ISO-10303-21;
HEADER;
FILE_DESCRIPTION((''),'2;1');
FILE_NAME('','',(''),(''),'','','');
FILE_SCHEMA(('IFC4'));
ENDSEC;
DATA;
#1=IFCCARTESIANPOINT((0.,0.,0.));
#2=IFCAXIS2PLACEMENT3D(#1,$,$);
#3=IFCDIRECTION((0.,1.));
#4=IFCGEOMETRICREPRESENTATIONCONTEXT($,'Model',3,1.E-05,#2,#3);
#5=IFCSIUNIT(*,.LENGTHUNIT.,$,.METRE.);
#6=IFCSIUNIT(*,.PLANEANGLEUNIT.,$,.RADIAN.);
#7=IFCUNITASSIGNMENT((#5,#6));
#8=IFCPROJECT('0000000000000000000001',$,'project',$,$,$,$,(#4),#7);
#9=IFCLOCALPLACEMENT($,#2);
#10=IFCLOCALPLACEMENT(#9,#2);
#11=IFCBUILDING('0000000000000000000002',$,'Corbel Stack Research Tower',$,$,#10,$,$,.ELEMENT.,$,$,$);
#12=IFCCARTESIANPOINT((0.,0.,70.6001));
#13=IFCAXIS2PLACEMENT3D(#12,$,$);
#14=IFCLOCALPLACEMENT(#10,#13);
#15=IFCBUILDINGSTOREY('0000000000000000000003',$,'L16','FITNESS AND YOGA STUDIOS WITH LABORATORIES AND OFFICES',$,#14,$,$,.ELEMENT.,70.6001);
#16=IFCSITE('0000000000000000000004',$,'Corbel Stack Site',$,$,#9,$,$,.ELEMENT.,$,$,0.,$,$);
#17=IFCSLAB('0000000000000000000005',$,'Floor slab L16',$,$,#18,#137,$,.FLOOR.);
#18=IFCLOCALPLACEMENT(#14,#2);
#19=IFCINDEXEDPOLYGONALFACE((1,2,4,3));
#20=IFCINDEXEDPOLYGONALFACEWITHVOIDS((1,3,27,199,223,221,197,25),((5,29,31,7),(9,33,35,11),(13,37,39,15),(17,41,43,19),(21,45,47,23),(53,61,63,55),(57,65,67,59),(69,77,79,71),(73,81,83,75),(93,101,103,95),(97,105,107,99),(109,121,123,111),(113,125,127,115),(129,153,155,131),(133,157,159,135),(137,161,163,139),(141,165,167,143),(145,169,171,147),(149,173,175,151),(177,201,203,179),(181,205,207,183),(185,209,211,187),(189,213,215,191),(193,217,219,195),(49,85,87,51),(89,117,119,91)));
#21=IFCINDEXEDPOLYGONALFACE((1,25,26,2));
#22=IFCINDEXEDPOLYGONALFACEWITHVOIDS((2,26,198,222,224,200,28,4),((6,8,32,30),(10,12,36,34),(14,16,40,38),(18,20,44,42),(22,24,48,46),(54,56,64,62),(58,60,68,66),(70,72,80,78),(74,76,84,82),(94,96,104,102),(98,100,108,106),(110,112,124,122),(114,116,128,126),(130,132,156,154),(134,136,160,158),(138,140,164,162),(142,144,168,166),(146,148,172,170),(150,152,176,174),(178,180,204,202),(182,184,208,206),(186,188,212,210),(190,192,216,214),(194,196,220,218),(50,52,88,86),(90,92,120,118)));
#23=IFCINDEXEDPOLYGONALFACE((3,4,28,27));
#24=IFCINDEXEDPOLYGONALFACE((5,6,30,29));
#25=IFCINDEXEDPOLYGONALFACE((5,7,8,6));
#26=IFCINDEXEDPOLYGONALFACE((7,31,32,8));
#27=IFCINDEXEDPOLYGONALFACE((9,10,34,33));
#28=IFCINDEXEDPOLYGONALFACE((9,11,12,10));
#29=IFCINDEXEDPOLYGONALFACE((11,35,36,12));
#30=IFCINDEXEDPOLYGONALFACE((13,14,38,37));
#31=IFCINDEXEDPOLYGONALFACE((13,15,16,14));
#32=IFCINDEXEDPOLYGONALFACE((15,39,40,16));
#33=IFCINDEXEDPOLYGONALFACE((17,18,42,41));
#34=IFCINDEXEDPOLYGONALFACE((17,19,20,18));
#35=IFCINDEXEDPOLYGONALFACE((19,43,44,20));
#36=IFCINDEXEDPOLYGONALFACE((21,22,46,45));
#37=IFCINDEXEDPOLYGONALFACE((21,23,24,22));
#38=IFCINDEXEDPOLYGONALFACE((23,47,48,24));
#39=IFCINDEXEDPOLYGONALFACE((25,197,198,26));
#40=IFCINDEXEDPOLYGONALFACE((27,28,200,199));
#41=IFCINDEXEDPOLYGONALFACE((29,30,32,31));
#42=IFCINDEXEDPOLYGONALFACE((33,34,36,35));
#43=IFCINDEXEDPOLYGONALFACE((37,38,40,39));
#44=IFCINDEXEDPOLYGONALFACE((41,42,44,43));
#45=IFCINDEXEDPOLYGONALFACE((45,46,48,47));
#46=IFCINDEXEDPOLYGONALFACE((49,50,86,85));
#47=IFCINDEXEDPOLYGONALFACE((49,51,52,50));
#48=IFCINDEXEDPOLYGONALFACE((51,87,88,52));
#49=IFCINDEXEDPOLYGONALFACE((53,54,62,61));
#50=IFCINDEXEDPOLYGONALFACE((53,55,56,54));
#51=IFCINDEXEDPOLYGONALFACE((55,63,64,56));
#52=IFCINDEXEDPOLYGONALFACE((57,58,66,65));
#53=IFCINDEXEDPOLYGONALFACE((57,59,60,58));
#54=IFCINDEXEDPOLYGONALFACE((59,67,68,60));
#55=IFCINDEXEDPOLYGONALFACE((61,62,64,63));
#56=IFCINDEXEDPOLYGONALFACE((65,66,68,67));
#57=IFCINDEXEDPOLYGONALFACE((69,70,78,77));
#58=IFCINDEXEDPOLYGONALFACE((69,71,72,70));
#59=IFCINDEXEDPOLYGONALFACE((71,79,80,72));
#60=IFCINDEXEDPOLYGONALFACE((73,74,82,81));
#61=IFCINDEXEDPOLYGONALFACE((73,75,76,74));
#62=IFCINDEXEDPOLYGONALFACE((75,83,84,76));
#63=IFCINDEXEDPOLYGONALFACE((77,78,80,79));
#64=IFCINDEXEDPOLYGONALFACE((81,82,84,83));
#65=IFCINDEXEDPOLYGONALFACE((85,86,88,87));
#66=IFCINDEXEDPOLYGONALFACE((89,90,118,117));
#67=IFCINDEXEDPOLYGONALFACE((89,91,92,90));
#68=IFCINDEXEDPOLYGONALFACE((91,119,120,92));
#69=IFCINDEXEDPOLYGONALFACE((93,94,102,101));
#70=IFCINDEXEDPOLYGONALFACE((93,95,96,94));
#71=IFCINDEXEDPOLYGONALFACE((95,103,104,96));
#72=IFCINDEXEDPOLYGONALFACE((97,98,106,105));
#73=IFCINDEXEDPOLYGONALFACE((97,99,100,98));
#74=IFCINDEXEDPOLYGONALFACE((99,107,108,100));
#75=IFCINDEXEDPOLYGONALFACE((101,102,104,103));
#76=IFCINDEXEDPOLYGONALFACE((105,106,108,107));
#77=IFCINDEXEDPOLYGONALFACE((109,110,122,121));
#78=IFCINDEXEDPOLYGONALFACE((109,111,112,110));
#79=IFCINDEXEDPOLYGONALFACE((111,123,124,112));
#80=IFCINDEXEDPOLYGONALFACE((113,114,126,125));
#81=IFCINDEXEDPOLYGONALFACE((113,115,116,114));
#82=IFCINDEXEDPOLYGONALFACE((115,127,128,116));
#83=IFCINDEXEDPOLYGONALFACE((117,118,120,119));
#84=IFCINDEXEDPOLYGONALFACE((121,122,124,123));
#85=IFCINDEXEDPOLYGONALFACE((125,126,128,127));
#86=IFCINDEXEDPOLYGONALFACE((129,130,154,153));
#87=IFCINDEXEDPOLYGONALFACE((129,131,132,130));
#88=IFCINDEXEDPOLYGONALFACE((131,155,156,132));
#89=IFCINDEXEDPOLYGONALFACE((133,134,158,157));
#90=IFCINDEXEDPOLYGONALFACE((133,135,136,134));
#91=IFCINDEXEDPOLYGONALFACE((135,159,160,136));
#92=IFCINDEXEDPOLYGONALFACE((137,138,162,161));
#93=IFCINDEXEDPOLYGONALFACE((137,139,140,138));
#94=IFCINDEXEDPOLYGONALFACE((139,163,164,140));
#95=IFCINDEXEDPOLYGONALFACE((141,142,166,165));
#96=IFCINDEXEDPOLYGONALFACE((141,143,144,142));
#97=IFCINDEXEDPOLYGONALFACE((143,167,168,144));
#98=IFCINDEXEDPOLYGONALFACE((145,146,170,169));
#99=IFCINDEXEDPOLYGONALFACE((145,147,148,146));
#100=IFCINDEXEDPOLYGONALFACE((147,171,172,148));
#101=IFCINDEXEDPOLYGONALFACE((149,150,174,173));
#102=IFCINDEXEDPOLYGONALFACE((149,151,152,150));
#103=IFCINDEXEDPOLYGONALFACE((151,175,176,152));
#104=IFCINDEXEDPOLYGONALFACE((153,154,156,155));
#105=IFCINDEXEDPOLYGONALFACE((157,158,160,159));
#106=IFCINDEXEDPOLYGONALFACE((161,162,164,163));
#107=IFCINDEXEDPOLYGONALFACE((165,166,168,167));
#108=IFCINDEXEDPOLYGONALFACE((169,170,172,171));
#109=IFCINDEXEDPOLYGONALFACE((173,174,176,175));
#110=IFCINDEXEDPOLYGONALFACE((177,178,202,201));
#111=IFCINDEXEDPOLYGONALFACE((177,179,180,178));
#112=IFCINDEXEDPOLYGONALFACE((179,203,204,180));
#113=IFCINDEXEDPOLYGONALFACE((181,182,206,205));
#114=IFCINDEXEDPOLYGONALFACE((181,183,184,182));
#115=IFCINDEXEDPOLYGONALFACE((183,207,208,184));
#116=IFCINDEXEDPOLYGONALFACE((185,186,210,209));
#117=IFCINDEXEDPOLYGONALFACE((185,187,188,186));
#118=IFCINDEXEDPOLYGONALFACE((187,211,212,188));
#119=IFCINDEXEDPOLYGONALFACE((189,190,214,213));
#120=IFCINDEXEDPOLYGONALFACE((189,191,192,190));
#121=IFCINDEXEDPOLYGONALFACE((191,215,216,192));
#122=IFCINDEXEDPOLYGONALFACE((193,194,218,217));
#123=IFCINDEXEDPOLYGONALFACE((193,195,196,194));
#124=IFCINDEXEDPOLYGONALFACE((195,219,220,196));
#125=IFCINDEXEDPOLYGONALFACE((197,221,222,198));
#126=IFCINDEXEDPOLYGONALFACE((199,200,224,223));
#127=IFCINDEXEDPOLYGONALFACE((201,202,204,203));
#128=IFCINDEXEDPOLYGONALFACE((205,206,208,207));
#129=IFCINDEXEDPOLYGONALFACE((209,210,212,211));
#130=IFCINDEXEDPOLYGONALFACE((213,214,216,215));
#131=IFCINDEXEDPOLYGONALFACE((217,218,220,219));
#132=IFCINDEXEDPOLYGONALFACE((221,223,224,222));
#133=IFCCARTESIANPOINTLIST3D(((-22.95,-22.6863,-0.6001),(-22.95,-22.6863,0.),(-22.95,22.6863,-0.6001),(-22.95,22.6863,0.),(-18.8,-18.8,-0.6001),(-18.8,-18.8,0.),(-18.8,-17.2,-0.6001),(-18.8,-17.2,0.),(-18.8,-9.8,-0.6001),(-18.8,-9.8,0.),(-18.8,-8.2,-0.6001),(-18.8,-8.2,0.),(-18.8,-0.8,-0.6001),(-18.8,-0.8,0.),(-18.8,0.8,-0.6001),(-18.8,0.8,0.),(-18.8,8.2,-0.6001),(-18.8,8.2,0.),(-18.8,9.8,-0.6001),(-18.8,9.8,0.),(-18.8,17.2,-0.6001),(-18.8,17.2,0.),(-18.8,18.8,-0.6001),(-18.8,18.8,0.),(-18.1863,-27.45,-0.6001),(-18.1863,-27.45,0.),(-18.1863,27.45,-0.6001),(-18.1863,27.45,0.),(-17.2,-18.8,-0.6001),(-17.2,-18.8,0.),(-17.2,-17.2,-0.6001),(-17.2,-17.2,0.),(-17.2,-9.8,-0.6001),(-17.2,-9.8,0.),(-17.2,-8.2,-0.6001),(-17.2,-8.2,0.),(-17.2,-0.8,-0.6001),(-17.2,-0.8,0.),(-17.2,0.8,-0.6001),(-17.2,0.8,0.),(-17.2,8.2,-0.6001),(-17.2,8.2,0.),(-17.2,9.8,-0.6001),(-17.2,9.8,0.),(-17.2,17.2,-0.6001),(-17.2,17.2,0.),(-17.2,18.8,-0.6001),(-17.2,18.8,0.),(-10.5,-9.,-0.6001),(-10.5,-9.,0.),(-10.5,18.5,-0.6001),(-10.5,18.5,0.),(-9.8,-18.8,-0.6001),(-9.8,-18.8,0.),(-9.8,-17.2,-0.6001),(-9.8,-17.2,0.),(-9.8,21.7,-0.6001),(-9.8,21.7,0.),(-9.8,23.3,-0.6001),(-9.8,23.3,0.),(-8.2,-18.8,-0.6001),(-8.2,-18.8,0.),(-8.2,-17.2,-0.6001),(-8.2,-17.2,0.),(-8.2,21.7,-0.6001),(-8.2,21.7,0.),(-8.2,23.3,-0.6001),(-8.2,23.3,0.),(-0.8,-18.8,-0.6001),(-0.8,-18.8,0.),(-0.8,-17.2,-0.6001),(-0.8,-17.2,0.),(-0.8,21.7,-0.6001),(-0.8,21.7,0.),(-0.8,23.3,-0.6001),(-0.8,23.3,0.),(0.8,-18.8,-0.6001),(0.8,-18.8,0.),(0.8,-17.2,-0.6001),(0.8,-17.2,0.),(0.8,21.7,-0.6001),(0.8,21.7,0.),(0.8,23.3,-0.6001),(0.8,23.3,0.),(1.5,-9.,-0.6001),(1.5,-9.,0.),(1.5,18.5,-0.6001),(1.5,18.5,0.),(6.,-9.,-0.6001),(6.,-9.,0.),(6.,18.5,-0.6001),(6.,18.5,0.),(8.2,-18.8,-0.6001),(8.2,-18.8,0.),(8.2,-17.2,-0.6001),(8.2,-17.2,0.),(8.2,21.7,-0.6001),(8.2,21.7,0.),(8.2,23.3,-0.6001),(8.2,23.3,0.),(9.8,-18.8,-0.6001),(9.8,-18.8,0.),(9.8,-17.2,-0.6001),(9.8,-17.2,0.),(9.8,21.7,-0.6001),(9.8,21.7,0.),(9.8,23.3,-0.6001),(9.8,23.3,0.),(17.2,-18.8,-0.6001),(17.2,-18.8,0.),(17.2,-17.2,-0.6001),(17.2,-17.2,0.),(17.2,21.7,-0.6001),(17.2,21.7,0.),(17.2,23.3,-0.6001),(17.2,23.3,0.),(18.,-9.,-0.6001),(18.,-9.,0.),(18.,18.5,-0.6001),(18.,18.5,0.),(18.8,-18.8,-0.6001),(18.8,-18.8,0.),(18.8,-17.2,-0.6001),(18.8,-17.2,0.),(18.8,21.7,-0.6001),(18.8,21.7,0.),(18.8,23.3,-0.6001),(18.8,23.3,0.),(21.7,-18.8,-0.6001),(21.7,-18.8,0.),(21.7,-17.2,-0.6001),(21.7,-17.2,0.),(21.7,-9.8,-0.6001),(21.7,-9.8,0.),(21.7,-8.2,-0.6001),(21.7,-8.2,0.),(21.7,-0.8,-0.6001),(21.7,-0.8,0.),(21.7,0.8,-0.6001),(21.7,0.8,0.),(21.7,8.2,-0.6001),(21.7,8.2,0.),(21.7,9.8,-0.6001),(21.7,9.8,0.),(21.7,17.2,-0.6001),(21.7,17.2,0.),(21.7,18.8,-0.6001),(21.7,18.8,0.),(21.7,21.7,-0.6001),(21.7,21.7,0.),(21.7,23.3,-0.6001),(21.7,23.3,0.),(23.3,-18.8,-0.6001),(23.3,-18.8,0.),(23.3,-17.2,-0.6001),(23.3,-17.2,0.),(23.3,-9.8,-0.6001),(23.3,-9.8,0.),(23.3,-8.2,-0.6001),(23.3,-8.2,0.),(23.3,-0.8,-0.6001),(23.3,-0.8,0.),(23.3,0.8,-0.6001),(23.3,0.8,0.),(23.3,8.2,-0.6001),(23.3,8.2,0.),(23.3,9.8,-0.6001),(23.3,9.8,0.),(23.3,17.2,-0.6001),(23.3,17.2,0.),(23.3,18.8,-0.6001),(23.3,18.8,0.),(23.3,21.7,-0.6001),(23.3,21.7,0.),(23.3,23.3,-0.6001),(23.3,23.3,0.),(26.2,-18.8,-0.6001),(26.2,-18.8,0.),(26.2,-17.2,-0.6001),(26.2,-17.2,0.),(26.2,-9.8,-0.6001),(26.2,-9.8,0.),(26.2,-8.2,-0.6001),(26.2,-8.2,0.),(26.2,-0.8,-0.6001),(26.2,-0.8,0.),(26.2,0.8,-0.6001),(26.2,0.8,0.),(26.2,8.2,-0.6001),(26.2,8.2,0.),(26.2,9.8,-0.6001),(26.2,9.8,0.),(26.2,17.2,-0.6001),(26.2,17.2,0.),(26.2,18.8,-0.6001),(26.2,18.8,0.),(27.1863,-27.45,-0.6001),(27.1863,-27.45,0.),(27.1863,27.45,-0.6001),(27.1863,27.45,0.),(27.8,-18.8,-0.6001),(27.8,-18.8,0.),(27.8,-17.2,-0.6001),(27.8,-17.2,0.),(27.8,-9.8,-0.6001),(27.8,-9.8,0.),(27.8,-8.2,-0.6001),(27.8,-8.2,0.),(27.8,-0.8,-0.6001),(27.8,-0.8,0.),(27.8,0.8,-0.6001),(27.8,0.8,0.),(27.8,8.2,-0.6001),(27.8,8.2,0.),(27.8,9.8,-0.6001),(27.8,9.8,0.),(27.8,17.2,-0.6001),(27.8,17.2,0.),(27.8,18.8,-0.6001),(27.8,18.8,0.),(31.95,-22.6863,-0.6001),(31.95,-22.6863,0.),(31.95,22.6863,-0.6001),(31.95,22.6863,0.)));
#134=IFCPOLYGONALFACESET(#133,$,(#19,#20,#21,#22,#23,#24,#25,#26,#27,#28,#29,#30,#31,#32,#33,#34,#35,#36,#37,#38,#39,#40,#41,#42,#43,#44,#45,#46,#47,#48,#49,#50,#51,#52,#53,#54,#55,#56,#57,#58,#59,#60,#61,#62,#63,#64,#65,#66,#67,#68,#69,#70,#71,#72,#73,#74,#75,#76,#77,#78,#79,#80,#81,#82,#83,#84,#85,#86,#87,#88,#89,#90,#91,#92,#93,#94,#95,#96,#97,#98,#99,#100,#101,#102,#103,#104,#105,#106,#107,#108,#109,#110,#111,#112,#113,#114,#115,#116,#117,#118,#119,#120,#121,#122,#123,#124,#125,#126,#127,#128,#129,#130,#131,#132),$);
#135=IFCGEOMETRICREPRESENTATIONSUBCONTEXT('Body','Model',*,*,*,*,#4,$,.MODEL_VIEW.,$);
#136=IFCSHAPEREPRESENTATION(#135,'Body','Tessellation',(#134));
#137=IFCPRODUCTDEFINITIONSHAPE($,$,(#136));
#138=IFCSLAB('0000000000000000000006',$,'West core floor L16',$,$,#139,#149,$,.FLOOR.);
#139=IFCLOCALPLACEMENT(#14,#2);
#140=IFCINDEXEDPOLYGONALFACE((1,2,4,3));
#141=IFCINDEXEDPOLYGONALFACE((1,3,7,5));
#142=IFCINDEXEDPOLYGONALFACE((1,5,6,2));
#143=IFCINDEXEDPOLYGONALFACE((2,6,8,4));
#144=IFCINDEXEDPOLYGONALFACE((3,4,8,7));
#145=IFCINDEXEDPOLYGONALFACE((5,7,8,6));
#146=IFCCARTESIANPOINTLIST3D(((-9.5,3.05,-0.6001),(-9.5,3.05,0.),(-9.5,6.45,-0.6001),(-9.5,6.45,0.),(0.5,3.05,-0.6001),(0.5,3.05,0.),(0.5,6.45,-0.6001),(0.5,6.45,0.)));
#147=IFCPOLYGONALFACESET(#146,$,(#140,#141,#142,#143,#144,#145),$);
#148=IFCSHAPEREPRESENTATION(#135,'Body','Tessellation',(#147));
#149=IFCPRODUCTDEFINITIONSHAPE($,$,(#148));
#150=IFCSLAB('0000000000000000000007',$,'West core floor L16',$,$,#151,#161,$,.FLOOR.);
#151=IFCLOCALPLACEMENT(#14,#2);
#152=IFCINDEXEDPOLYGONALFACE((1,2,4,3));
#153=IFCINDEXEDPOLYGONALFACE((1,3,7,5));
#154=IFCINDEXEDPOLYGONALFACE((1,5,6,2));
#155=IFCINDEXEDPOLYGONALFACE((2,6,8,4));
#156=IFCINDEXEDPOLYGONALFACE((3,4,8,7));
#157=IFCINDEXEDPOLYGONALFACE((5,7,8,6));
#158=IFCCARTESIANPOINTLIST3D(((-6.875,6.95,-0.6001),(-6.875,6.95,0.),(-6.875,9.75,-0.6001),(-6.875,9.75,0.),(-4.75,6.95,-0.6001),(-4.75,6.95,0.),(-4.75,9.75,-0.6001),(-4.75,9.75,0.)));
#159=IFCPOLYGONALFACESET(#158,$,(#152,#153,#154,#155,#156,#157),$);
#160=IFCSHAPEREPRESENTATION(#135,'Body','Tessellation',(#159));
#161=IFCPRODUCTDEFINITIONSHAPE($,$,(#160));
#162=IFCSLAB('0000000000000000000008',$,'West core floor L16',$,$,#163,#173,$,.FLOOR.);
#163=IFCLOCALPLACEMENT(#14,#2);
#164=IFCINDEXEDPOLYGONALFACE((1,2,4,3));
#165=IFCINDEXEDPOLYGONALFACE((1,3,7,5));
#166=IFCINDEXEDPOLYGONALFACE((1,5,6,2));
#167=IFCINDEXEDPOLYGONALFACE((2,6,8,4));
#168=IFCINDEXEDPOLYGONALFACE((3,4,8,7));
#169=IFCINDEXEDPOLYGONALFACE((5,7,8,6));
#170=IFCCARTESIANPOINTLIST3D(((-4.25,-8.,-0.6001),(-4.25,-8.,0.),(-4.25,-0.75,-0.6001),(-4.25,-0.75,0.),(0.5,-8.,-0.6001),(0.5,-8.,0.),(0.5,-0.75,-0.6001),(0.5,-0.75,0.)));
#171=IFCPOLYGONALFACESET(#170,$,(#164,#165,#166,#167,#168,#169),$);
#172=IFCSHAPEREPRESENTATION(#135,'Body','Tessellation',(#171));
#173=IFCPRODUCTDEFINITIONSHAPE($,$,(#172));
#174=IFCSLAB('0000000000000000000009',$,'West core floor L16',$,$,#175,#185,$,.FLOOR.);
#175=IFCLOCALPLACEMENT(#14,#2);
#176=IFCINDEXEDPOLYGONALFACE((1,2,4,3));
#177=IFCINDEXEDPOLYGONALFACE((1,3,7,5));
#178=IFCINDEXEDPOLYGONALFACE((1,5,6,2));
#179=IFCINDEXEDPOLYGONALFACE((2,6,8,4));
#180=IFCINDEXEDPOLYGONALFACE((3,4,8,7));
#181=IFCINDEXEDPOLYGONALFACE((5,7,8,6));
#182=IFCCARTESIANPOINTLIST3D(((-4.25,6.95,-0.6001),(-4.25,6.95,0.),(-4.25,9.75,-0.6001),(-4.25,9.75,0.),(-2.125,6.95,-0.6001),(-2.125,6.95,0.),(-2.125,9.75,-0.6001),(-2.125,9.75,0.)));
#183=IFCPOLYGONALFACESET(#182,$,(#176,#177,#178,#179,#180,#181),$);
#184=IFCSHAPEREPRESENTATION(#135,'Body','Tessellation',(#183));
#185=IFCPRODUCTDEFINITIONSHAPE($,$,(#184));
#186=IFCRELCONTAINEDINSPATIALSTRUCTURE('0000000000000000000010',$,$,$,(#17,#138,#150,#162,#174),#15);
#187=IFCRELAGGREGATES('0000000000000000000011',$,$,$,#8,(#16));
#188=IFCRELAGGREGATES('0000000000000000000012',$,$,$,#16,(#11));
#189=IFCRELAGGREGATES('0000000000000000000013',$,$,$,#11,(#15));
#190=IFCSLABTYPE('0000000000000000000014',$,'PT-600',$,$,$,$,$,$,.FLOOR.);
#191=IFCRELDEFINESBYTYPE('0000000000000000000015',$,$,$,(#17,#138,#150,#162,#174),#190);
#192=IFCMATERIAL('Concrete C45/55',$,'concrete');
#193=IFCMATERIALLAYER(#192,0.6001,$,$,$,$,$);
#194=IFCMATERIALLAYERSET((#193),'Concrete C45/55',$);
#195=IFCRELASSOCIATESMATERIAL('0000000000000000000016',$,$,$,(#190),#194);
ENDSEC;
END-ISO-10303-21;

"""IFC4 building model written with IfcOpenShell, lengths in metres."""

from ifc_helpers import new_model, si_unit, direction, frame, origin, place, context, subcontext, project, spatial, polyline, outline, extrude, material, layer, layer_set, type_object, element, save


model = new_model("IFC4")

# Units and contexts
model_context = context("Model", 3, precision=1e-05, world=origin(), true_north=direction((0.0, 1.0)))
body_context = subcontext(model_context, "Body", "Model", "MODEL_VIEW")
ifc_project = project(units=[si_unit("LENGTHUNIT", "METRE"), si_unit("PLANEANGLEUNIT", "RADIAN")], contexts=[model_context])

# Site, building, storey
site_placement = place(None, origin())
site = spatial("IfcSite", under=ifc_project, at=site_placement, Name="Corbel Stack Site", CompositionType="ELEMENT", RefElevation=0.0)
building_placement = place(site_placement, origin())
building = spatial("IfcBuilding", under=site, at=building_placement, Name="Corbel Stack Research Tower", CompositionType="ELEMENT")
storey_placement = place(building_placement, frame((0.0, 0.0, 70.6001)))
storey = spatial("IfcBuildingStorey", under=building, at=storey_placement, Name="L16", Description="FITNESS AND YOGA STUDIOS WITH LABORATORIES AND OFFICES", CompositionType="ELEMENT", Elevation=70.6001)

# Slabs
ifc_material_1 = material(Name="Concrete C45/55", Category="concrete")
ifc_layer_1 = layer(ifc_material_1, 0.6001)
ifc_layer_set_1 = layer_set([ifc_layer_1], Name="Concrete C45/55")
slab_type = type_object("IfcSlabType", Name="PT-600", PredefinedType="FLOOR", material=ifc_layer_set_1)
slab_1_placement = place(storey_placement, frame((0.0, 0.0, -0.6001)))
element("IfcSlab", 1, at=slab_1_placement, inside=storey, type_object=slab_type, Name="Floor slab L16", PredefinedType="FLOOR", context=body_context, shape_type="SweptSolid", body=[
    extrude(outline(polyline([(-18.1863, -27.45), (27.1863, -27.45), (31.95, -22.6863), (31.95, 22.6863), (27.1863, 27.45), (-18.1863, 27.45), (-22.95, 22.6863), (-22.95, -22.6863), (-18.1863, -27.45)]), holes=[polyline([(26.2, 17.2), (26.2, 18.8), (27.8, 18.8), (27.8, 17.2), (26.2, 17.2)]), polyline([(26.2, 8.2), (26.2, 9.8), (27.8, 9.8), (27.8, 8.2), (26.2, 8.2)]), polyline([(27.8, -0.8), (26.2, -0.8), (26.2, 0.8), (27.8, 0.8), (27.8, -0.8)]), polyline([(26.2, -9.8), (26.2, -8.2), (27.8, -8.2), (27.8, -9.8), (26.2, -9.8)]), polyline([(26.2, -18.8), (26.2, -17.2), (27.8, -17.2), (27.8, -18.8), (26.2, -18.8)]), polyline([(21.7, 21.7), (21.7, 23.3), (23.3, 23.3), (23.3, 21.7), (21.7, 21.7)]), polyline([(21.7, 17.2), (21.7, 18.8), (23.3, 18.8), (23.3, 17.2), (21.7, 17.2)]), polyline([(21.7, 8.2), (21.7, 9.8), (23.3, 9.8), (23.3, 8.2), (21.7, 8.2)]), polyline([(21.7, -0.8), (21.7, 0.8), (23.3, 0.8), (23.3, -0.8), (21.7, -0.8)]), polyline([(23.3, -9.8), (21.7, -9.8), (21.7, -8.2), (23.3, -8.2), (23.3, -9.8)]), polyline([(21.7, -18.8), (21.7, -17.2), (23.3, -17.2), (23.3, -18.8), (21.7, -18.8)]), polyline([(17.2, 21.7), (17.2, 23.3), (18.8, 23.3), (18.8, 21.7), (17.2, 21.7)]), polyline([(18.8, -18.8), (17.2, -18.8), (17.2, -17.2), (18.8, -17.2), (18.8, -18.8)]), polyline([(6.0, -9.0), (6.0, 18.5), (18.0, 18.5), (18.0, -9.0), (6.0, -9.0)]), polyline([(8.2, 21.7), (8.2, 23.3), (9.8, 23.3), (9.8, 21.7), (8.2, 21.7)]), polyline([(9.8, -18.8), (8.2, -18.8), (8.2, -17.2), (9.8, -17.2), (9.8, -18.8)]), polyline([(1.5, -9.0), (-10.5, -9.0), (-10.5, 18.5), (1.5, 18.5), (1.5, -9.0)]), polyline([(-0.8, 21.7), (-0.8, 23.3), (0.8, 23.3), (0.8, 21.7), (-0.8, 21.7)]), polyline([(-0.8, -18.8), (-0.8, -17.2), (0.8, -17.2), (0.8, -18.8), (-0.8, -18.8)]), polyline([(-9.8, 21.7), (-9.8, 23.3), (-8.2, 23.3), (-8.2, 21.7), (-9.8, 21.7)]), polyline([(-9.8, -18.8), (-9.8, -17.2), (-8.2, -17.2), (-8.2, -18.8), (-9.8, -18.8)]), polyline([(-18.8, 17.2), (-18.8, 18.8), (-17.2, 18.8), (-17.2, 17.2), (-18.8, 17.2)]), polyline([(-18.8, 8.2), (-18.8, 9.8), (-17.2, 9.8), (-17.2, 8.2), (-18.8, 8.2)]), polyline([(-18.8, -0.8), (-18.8, 0.8), (-17.2, 0.8), (-17.2, -0.8), (-18.8, -0.8)]), polyline([(-18.8, -9.8), (-18.8, -8.2), (-17.2, -8.2), (-17.2, -9.8), (-18.8, -9.8)]), polyline([(-17.2, -18.8), (-18.8, -18.8), (-18.8, -17.2), (-17.2, -17.2), (-17.2, -18.8)])]), origin(), (0.0, 0.0, 1.0), 0.6001),
])
slab_2_placement = place(storey_placement, frame((0.0, 0.0, -0.6001)))
element("IfcSlab", 2, at=slab_2_placement, inside=storey, type_object=slab_type, Name="West core floor L16", PredefinedType="FLOOR", context=body_context, shape_type="SweptSolid", body=[
    extrude(outline(polyline([(-9.5, 6.45), (-9.5, 3.05), (0.5, 3.05), (0.5, 6.45), (-9.5, 6.45)])), origin(), (0.0, 0.0, 1.0), 0.6001),
])
slab_3_placement = place(storey_placement, frame((0.0, 0.0, -0.6001)))
element("IfcSlab", 3, at=slab_3_placement, inside=storey, type_object=slab_type, Name="West core floor L16", PredefinedType="FLOOR", context=body_context, shape_type="SweptSolid", body=[
    extrude(outline(polyline([(-6.875, 6.95), (-4.75, 6.95), (-4.75, 9.75), (-6.875, 9.75), (-6.875, 6.95)])), origin(), (0.0, 0.0, 1.0), 0.6001),
])
slab_4_placement = place(storey_placement, frame((0.0, 0.0, -0.6001)))
element("IfcSlab", 4, at=slab_4_placement, inside=storey, type_object=slab_type, Name="West core floor L16", PredefinedType="FLOOR", context=body_context, shape_type="SweptSolid", body=[
    extrude(outline(polyline([(-4.25, -0.75), (-4.25, -8.0), (0.5, -8.0), (0.5, -0.75), (-4.25, -0.75)])), origin(), (0.0, 0.0, 1.0), 0.6001),
])
slab_5_placement = place(storey_placement, frame((0.0, 0.0, -0.6001)))
element("IfcSlab", 5, at=slab_5_placement, inside=storey, type_object=slab_type, Name="West core floor L16", PredefinedType="FLOOR", context=body_context, shape_type="SweptSolid", body=[
    extrude(outline(polyline([(-2.125, 6.95), (-2.125, 9.75), (-4.25, 9.75), (-4.25, 6.95), (-2.125, 6.95)])), origin(), (0.0, 0.0, 1.0), 0.6001),
])

save(model, "model.ifc")
